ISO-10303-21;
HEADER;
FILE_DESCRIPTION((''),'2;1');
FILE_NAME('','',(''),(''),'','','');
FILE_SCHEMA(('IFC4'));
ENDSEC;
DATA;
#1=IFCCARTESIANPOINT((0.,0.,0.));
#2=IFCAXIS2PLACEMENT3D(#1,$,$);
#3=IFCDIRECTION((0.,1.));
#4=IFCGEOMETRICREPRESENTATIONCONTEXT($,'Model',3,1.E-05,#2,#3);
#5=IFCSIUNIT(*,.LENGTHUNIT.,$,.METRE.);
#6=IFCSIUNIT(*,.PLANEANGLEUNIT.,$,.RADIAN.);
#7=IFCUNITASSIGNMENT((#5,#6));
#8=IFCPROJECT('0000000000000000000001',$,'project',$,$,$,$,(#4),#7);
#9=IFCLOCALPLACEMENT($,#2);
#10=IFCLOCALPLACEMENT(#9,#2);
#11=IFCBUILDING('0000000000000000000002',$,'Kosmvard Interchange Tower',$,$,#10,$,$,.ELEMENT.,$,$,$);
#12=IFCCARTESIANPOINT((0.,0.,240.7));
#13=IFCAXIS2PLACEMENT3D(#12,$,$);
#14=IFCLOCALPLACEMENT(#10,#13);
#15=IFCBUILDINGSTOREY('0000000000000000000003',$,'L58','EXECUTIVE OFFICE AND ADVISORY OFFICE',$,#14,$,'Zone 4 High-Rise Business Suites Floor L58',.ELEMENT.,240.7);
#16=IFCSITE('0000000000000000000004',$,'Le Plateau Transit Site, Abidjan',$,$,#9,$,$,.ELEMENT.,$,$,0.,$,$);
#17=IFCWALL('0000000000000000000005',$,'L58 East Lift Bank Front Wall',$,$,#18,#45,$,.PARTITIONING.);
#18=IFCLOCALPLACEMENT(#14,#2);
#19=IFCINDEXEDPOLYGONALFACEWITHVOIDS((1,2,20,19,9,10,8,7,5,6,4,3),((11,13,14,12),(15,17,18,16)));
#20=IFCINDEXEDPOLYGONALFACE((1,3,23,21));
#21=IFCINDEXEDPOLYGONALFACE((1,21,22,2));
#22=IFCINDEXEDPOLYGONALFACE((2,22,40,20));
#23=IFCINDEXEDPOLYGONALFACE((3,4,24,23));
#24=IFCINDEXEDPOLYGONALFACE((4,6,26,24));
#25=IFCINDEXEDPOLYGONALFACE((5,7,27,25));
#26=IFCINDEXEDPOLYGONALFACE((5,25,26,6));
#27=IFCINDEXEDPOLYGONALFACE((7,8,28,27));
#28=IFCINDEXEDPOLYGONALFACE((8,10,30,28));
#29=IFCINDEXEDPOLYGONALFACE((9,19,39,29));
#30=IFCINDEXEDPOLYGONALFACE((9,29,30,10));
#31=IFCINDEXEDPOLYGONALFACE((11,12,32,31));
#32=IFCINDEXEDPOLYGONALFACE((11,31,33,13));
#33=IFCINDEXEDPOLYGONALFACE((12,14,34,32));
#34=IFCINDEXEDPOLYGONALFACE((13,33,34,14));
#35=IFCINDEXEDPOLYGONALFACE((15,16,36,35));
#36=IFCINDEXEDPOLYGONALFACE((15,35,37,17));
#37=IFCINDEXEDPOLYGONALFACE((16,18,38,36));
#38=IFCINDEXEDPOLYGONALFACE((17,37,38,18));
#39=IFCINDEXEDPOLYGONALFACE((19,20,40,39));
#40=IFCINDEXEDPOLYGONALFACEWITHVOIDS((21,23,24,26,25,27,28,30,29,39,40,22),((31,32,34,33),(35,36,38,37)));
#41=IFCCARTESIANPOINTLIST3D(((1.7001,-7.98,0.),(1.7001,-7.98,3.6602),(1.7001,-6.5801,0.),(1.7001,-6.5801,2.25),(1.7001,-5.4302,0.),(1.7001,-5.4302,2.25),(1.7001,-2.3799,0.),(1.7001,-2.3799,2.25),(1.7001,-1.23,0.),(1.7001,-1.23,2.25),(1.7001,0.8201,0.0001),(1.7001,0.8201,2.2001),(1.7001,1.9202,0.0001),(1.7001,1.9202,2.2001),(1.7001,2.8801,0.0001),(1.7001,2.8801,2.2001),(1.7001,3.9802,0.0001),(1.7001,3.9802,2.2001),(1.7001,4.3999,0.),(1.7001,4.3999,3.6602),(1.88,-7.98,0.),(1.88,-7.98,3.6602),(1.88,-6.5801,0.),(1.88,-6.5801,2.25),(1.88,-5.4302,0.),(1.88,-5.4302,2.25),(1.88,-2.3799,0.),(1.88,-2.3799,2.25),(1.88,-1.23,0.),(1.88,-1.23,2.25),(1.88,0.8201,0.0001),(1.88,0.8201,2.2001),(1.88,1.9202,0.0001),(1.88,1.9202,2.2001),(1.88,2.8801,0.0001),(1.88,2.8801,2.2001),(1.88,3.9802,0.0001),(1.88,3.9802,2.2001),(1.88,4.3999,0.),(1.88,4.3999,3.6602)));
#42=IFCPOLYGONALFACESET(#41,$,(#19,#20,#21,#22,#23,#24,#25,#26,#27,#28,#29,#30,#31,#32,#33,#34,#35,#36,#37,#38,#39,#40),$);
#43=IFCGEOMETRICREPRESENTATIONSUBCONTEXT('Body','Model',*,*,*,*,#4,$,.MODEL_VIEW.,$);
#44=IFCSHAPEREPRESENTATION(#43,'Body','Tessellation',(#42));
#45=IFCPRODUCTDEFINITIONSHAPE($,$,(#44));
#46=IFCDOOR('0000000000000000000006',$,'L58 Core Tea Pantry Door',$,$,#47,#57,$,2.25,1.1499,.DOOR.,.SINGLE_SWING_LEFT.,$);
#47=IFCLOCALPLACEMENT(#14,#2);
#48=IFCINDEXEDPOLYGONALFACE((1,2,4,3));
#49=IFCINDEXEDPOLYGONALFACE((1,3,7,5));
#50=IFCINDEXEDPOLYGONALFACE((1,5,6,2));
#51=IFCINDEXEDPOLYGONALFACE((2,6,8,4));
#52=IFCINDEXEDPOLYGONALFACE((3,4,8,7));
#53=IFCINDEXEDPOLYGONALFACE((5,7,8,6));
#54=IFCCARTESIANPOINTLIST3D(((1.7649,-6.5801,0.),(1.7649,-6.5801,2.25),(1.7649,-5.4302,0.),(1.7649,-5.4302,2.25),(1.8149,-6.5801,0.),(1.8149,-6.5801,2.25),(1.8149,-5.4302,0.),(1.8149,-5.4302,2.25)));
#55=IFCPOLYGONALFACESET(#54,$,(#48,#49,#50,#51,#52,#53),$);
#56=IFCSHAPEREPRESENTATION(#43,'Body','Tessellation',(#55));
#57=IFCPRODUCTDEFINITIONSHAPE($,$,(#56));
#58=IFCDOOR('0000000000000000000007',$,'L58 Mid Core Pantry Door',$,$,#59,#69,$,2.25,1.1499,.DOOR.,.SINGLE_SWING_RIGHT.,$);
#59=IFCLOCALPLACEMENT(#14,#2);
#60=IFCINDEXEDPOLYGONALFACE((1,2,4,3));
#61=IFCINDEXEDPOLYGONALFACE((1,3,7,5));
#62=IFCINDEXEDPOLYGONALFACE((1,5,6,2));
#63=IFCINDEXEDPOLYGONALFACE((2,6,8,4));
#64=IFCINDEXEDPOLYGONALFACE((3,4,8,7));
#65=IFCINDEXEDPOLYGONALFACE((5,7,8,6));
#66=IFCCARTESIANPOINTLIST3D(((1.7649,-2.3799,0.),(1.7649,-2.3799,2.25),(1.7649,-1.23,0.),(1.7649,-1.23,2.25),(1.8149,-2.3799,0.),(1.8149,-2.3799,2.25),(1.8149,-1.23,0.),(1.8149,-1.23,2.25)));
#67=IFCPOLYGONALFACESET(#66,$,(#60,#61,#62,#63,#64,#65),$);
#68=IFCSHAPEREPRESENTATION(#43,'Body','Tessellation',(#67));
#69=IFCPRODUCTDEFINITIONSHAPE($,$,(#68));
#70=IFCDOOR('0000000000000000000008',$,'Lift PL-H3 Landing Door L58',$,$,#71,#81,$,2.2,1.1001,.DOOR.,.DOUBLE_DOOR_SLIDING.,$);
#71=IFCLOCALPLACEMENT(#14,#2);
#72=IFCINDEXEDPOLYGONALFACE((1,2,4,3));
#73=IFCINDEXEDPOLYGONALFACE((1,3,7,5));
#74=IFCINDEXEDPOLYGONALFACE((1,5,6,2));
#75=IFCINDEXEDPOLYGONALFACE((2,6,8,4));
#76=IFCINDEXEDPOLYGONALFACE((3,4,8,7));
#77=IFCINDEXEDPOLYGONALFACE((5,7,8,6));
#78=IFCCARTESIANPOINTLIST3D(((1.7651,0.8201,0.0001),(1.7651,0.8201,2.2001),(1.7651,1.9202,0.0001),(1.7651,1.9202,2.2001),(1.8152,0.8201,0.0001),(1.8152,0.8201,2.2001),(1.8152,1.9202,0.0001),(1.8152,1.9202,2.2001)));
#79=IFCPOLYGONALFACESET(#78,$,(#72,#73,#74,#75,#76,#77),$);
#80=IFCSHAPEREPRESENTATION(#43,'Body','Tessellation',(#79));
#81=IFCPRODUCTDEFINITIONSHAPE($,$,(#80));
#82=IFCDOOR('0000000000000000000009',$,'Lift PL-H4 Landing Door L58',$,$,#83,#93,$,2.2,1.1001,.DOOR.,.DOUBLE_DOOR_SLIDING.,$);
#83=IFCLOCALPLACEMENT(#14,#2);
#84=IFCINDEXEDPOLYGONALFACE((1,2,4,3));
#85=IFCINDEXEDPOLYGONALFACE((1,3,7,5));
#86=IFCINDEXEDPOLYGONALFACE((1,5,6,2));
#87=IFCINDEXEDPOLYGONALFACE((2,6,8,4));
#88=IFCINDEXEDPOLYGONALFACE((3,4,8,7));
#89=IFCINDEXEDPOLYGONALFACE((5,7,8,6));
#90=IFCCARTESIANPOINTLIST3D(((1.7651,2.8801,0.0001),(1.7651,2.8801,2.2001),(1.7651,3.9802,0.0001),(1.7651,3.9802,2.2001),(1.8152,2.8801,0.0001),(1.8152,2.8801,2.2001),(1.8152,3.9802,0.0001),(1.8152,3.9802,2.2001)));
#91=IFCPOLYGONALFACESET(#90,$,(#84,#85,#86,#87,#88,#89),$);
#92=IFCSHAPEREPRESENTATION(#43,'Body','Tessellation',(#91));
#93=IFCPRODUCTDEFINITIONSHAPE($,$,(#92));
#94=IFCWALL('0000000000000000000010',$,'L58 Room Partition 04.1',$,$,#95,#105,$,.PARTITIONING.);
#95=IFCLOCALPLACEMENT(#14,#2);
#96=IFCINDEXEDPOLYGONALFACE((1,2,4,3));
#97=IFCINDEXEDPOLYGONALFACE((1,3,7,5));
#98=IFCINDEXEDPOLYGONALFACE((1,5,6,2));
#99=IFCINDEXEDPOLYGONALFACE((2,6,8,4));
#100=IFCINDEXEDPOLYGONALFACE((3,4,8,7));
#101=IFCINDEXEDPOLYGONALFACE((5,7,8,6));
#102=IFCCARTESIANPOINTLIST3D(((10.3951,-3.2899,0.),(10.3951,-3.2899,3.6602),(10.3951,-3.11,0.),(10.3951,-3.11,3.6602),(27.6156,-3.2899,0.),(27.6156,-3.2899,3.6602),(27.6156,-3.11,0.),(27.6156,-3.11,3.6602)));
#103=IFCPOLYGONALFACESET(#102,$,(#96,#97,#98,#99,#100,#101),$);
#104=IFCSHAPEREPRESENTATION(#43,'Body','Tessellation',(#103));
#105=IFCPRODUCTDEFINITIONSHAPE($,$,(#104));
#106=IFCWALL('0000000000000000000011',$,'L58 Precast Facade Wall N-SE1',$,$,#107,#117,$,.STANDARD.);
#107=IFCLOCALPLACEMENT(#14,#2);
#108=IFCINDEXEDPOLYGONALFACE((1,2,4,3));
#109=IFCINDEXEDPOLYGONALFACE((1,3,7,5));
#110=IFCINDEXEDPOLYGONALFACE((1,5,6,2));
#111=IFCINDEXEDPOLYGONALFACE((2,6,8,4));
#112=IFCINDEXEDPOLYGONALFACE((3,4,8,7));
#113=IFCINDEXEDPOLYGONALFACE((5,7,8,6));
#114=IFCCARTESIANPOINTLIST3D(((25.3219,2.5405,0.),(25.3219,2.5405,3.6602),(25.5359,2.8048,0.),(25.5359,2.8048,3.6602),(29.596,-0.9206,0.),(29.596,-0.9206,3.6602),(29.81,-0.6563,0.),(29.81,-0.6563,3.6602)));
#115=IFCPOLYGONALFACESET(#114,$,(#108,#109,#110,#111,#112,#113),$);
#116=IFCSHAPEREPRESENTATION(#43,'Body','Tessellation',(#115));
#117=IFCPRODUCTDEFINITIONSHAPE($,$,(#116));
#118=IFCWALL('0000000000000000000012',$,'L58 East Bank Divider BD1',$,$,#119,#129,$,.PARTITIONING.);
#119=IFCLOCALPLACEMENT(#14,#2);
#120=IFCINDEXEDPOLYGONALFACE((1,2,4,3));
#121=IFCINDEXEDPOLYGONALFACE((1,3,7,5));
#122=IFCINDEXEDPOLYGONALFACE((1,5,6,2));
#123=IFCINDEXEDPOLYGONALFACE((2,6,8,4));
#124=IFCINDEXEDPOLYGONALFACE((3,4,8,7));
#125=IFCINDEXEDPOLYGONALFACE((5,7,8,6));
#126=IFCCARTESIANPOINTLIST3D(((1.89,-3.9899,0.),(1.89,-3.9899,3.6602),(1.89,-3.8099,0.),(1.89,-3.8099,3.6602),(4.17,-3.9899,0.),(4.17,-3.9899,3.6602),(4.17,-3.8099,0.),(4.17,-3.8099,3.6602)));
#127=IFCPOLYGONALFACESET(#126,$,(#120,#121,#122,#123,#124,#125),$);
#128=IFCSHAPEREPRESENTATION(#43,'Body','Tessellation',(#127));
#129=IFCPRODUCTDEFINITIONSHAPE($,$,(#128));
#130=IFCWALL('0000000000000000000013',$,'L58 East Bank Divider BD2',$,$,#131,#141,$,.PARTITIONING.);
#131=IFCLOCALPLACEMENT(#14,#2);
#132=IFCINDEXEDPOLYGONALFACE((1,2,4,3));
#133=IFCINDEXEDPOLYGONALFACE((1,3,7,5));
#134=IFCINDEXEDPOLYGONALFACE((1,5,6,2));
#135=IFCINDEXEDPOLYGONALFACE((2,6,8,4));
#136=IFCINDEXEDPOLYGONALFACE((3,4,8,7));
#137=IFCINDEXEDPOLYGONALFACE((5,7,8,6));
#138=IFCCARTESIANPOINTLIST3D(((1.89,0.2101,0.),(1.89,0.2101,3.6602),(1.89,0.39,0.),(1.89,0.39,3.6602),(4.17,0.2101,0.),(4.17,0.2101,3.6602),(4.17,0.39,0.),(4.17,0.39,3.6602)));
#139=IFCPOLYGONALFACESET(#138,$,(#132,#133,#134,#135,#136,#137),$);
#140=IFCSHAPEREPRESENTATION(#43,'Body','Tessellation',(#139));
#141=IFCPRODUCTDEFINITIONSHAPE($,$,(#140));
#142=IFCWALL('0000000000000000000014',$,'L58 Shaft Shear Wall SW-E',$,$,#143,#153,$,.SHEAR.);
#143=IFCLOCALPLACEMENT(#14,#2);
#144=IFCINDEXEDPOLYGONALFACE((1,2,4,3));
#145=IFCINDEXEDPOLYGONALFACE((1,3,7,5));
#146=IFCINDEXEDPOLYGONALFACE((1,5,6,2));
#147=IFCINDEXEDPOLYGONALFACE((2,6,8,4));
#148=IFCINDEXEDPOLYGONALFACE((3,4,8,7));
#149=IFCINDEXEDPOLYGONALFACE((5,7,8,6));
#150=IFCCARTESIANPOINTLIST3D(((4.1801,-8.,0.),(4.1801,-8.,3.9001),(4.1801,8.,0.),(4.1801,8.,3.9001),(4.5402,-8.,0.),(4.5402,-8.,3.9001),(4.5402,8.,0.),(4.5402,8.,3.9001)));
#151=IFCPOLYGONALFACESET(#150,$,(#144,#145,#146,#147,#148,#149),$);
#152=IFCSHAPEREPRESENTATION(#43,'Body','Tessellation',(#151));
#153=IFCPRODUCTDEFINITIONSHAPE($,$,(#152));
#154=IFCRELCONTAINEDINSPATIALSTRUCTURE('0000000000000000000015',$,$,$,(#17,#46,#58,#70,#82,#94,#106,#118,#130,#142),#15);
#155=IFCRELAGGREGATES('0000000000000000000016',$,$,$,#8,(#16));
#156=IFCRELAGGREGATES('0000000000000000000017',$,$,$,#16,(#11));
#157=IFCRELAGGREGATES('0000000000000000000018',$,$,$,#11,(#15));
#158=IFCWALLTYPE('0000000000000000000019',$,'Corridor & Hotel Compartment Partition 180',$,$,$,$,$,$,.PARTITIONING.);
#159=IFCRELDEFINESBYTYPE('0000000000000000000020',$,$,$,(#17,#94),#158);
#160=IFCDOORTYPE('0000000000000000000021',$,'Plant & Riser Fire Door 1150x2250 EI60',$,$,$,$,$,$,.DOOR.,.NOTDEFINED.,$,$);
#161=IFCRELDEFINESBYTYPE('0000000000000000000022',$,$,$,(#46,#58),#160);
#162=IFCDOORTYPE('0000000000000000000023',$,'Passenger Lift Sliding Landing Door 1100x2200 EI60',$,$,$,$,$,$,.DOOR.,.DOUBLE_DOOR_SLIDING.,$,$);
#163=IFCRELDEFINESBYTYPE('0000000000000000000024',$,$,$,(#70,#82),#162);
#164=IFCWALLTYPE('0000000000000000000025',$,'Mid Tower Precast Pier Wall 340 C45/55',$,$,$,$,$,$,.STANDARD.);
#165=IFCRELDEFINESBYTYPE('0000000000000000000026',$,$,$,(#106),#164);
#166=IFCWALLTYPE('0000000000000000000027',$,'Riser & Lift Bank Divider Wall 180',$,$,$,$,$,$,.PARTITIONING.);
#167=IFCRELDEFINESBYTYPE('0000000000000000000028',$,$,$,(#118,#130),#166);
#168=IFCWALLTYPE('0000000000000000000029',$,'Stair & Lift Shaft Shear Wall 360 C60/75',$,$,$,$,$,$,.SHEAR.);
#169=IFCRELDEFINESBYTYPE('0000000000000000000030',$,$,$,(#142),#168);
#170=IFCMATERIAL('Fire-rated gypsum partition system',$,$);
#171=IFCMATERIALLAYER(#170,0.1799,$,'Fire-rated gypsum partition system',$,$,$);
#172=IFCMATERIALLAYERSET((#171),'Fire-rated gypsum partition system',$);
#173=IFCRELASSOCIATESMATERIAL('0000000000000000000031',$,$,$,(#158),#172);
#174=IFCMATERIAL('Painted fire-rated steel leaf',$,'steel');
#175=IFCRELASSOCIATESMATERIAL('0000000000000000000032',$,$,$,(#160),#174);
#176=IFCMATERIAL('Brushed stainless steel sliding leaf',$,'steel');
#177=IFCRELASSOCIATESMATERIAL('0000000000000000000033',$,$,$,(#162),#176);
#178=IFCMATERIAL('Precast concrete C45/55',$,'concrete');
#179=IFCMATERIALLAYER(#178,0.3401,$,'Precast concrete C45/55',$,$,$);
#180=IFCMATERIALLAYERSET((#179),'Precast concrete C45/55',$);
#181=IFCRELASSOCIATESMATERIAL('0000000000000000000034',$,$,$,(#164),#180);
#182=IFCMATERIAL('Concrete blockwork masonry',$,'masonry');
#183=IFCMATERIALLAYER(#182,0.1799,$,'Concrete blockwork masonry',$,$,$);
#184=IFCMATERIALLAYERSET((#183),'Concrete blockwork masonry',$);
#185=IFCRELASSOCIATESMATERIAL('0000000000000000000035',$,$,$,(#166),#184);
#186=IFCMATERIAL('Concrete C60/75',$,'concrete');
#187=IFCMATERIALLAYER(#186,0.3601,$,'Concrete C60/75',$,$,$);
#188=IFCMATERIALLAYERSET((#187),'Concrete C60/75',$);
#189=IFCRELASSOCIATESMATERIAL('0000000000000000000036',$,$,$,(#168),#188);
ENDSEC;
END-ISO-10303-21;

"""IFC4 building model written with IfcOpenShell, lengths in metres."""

from ifc_helpers import new_model, si_unit, direction, frame, frame_2d, origin, place, context, subcontext, project, spatial, rectangle, extrude, source, transform, mapped, material, layer, layer_set, type_object, element, fill, save


model = new_model("IFC4")

# Units and contexts
model_context = context("Model", 3, precision=1e-05, world=origin(), true_north=direction((0.0, 1.0)))
body_context = subcontext(model_context, "Body", "Model", "MODEL_VIEW")
ifc_project = project(units=[si_unit("LENGTHUNIT", "METRE"), si_unit("PLANEANGLEUNIT", "RADIAN")], contexts=[model_context])

# Site, building, storey
site_placement = place(None, origin())
site = spatial("IfcSite", under=ifc_project, at=site_placement, Name="Le Plateau Transit Site, Abidjan", CompositionType="ELEMENT", RefElevation=0.0)
building_placement = place(site_placement, origin())
building = spatial("IfcBuilding", under=site, at=building_placement, Name="Kosmvard Interchange Tower", CompositionType="ELEMENT")
storey_placement = place(building_placement, frame((0.0, 0.0, 240.7)))
storey = spatial("IfcBuildingStorey", under=building, at=storey_placement, Name="L58", Description="EXECUTIVE OFFICE AND ADVISORY OFFICE", LongName="Zone 4 High-Rise Business Suites Floor L58", CompositionType="ELEMENT", Elevation=240.7)

# Shared definitions
ifc_material_1 = material(Name="Concrete C60/75", Category="concrete")

# Shared definitions
ifc_material_2 = material(Name="Precast concrete C45/55", Category="concrete")

# Wall, openings, doors
ifc_material_3 = material(Name="Fire-rated gypsum partition system")
ifc_layer_1 = layer(ifc_material_3, 0.1799, Name="Fire-rated gypsum partition system")
ifc_layer_set_1 = layer_set([ifc_layer_1], Name="Fire-rated gypsum partition system")
wall_type_1 = type_object("IfcWallType", Name="Corridor & Hotel Compartment Partition 180", PredefinedType="PARTITIONING", material=ifc_layer_set_1)
wall_1_placement = place(storey_placement, frame((1.79, -7.98, 0.0), z_axis=(0.0, 0.0, 1.0), x_axis=(0.0, 1.0, 0.0)))
wall_1 = element("IfcWall", 1, at=wall_1_placement, inside=storey, type_object=wall_type_1, Name="L58 East Lift Bank Front Wall", PredefinedType="PARTITIONING", context=body_context, shape_type="SweptSolid", body=[
    extrude(rectangle(XDim=12.3799, YDim=0.1799, at=frame_2d((6.1899, 0.0))), origin(), (0.0, 0.0, 1.0), 3.6602),
])
opening_1_placement = place(wall_1_placement, frame((8.8, 0.0, 0.0)))
opening_1 = element("IfcOpeningElement", 2, at=opening_1_placement, cuts=wall_1, PredefinedType="OPENING", context=body_context, shape_type="SweptSolid", body=[
    extrude(rectangle(XDim=1.1001, YDim=2.2, at=frame_2d((0.55, 1.1001))), frame((0.0, 0.1001, 0.0), z_axis=(0.0, -1.0, 0.0), x_axis=(1.0, 0.0, 0.0)), (0.0, 0.0, 1.0), 0.2),
])
opening_2_placement = place(wall_1_placement, frame((10.8601, 0.0, 0.0)))
opening_2 = element("IfcOpeningElement", 3, at=opening_2_placement, cuts=wall_1, PredefinedType="OPENING", context=body_context, shape_type="SweptSolid", body=[
    extrude(rectangle(XDim=1.1001, YDim=2.2, at=frame_2d((0.55, 1.1001))), frame((0.0, 0.1001, 0.0), z_axis=(0.0, -1.0, 0.0), x_axis=(1.0, 0.0, 0.0)), (0.0, 0.0, 1.0), 0.2),
])
opening_3_placement = place(wall_1_placement, frame((1.3999, 0.0, 0.0)))
opening_3 = element("IfcOpeningElement", 4, at=opening_3_placement, cuts=wall_1, PredefinedType="OPENING", context=body_context, shape_type="SweptSolid", body=[
    extrude(rectangle(XDim=1.1499, YDim=2.25, at=frame_2d((0.575, 1.125))), frame((0.0, 0.1001, 0.0), z_axis=(0.0, -1.0, 0.0), x_axis=(1.0, 0.0, 0.0)), (0.0, 0.0, 1.0), 0.2),
])
opening_4_placement = place(wall_1_placement, frame((5.6001, 0.0, 0.0)))
opening_4 = element("IfcOpeningElement", 5, at=opening_4_placement, cuts=wall_1, PredefinedType="OPENING", context=body_context, shape_type="SweptSolid", body=[
    extrude(rectangle(XDim=1.1499, YDim=2.25, at=frame_2d((0.575, 1.125))), frame((0.0, 0.1001, 0.0), z_axis=(0.0, -1.0, 0.0), x_axis=(1.0, 0.0, 0.0)), (0.0, 0.0, 1.0), 0.2),
])
ifc_material_4 = material(Name="Painted fire-rated steel leaf", Category="steel")
door_type_1 = type_object("IfcDoorType", Name="Plant & Riser Fire Door 1150x2250 EI60", OperationType="NOTDEFINED", PredefinedType="DOOR", material=ifc_material_4)
shared_shape_1 = source(origin(), body_context, "Body", "SweptSolid", [
    extrude(rectangle(XDim=1.1499, YDim=2.25, at=frame_2d((0.575, 1.125))), frame((0.0, 0.0249, 0.0), z_axis=(0.0, -1.0, 0.0), x_axis=(1.0, 0.0, 0.0)), (0.0, 0.0, 1.0), 0.05),
])
door_1_placement = place(opening_3_placement, frame((1.1499, 0.0, 0.0), z_axis=(0.0, 0.0, 1.0), x_axis=(-1.0, 0.0, 0.0)))
door_1 = element("IfcDoor", 6, at=door_1_placement, inside=storey, type_object=door_type_1, Name="L58 Core Tea Pantry Door", OperationType="SINGLE_SWING_LEFT", OverallHeight=2.25, OverallWidth=1.1499, PredefinedType="DOOR", context=body_context, shape_type="MappedRepresentation", body=[
    mapped(shared_shape_1, transform((0.0, 0.0, 0.0), scale=1.0)),
])
fill(opening_3, door_1)
door_2_placement = place(opening_4_placement, frame((1.1499, 0.0, 0.0), z_axis=(0.0, 0.0, 1.0), x_axis=(-1.0, 0.0, 0.0)))
door_2 = element("IfcDoor", 7, at=door_2_placement, inside=storey, type_object=door_type_1, Name="L58 Mid Core Pantry Door", OperationType="SINGLE_SWING_RIGHT", OverallHeight=2.25, OverallWidth=1.1499, PredefinedType="DOOR", context=body_context, shape_type="MappedRepresentation", body=[
    mapped(shared_shape_1, transform((0.0, 0.0, 0.0), scale=1.0)),
])
fill(opening_4, door_2)
ifc_material_5 = material(Name="Brushed stainless steel sliding leaf", Category="steel")
door_type_2 = type_object("IfcDoorType", Name="Passenger Lift Sliding Landing Door 1100x2200 EI60", OperationType="DOUBLE_DOOR_SLIDING", PredefinedType="DOOR", material=ifc_material_5)
shared_shape_2 = source(origin(), body_context, "Body", "SweptSolid", [
    extrude(rectangle(XDim=1.1001, YDim=2.2, at=frame_2d((0.55, 1.1001))), frame((0.0, 0.0249, 0.0), z_axis=(0.0, -1.0, 0.0), x_axis=(1.0, 0.0, 0.0)), (0.0, 0.0, 1.0), 0.05),
])
door_3_placement = place(opening_1_placement, origin())
door_3 = element("IfcDoor", 8, at=door_3_placement, inside=storey, type_object=door_type_2, Name="Lift PL-H3 Landing Door L58", OperationType="DOUBLE_DOOR_SLIDING", OverallHeight=2.2, OverallWidth=1.1001, PredefinedType="DOOR", context=body_context, shape_type="MappedRepresentation", body=[
    mapped(shared_shape_2, transform((0.0, 0.0, 0.0), scale=1.0)),
])
fill(opening_1, door_3)
door_4_placement = place(opening_2_placement, origin())
door_4 = element("IfcDoor", 9, at=door_4_placement, inside=storey, type_object=door_type_2, Name="Lift PL-H4 Landing Door L58", OperationType="DOUBLE_DOOR_SLIDING", OverallHeight=2.2, OverallWidth=1.1001, PredefinedType="DOOR", context=body_context, shape_type="MappedRepresentation", body=[
    mapped(shared_shape_2, transform((0.0, 0.0, 0.0), scale=1.0)),
])
fill(opening_2, door_4)

# Walls
wall_2_placement = place(storey_placement, frame((10.395, -3.2, 0.0), z_axis=(0.0, 0.0, 1.0), x_axis=(1.0, 0.0, 0.0)))
element("IfcWall", 10, at=wall_2_placement, inside=storey, type_object=wall_type_1, Name="L58 Room Partition 04.1", PredefinedType="PARTITIONING", context=body_context, shape_type="SweptSolid", body=[
    extrude(rectangle(XDim=17.2205, YDim=0.1799, at=frame_2d((8.6104, 0.0))), origin(), (0.0, 0.0, 1.0), 3.6602),
])
ifc_layer_2 = layer(ifc_material_2, 0.3401, Name="Precast concrete C45/55")
ifc_layer_set_2 = layer_set([ifc_layer_2], Name="Precast concrete C45/55")
wall_type_2 = type_object("IfcWallType", Name="Mid Tower Precast Pier Wall 340 C45/55", PredefinedType="STANDARD", material=ifc_layer_set_2)
wall_3_placement = place(storey_placement, frame((29.7031, -0.7886, 0.0), z_axis=(0.0, 0.0, 1.0), x_axis=(-0.777144, 0.629323, 0.0)))
element("IfcWall", 11, at=wall_3_placement, inside=storey, type_object=wall_type_2, Name="L58 Precast Facade Wall N-SE1", PredefinedType="STANDARD", context=body_context, shape_type="SweptSolid", body=[
    extrude(rectangle(XDim=5.4998, YDim=0.3401, at=frame_2d((2.75, 0.0))), origin(), (0.0, 0.0, 1.0), 3.6602),
])
ifc_material_6 = material(Name="Concrete blockwork masonry", Category="masonry")
ifc_layer_3 = layer(ifc_material_6, 0.1799, Name="Concrete blockwork masonry")
ifc_layer_set_3 = layer_set([ifc_layer_3], Name="Concrete blockwork masonry")
wall_type_3 = type_object("IfcWallType", Name="Riser & Lift Bank Divider Wall 180", PredefinedType="PARTITIONING", material=ifc_layer_set_3)
for number, where, z_axis, x_axis, name in (
    (12, (1.8899, -3.8999, 0.0), (0.0, 0.0, 1.0), (1.0, 0.0, 0.0), "L58 East Bank Divider BD1"),
    (13, (1.8899, 0.3, 0.0), (0.0, 0.0, 1.0), (1.0, 0.0, 0.0), "L58 East Bank Divider BD2"),
):
    element("IfcWall", number, at=place(storey_placement, frame(where, z_axis=z_axis, x_axis=x_axis)), inside=storey, type_object=wall_type_3, Name=name, PredefinedType="PARTITIONING", context=body_context, shape_type="SweptSolid", body=[
        extrude(rectangle(XDim=2.28, YDim=0.1799, at=frame_2d((1.1401, 0.0))), origin(), (0.0, 0.0, 1.0), 3.6602),
    ])
ifc_layer_4 = layer(ifc_material_1, 0.3601, Name="Concrete C60/75")
ifc_layer_set_4 = layer_set([ifc_layer_4], Name="Concrete C60/75")
wall_type_4 = type_object("IfcWallType", Name="Stair & Lift Shaft Shear Wall 360 C60/75", PredefinedType="SHEAR", material=ifc_layer_set_4)
wall_4_placement = place(storey_placement, frame((4.3601, -8.0, 0.0), z_axis=(0.0, 0.0, 1.0), x_axis=(0.0, 1.0, 0.0)))
element("IfcWall", 14, at=wall_4_placement, inside=storey, type_object=wall_type_4, Name="L58 Shaft Shear Wall SW-E", PredefinedType="SHEAR", context=body_context, shape_type="SweptSolid", body=[
    extrude(rectangle(XDim=16.0, YDim=0.3601, at=frame_2d((8.0, 0.0))), origin(), (0.0, 0.0, 1.0), 3.9001),
])

save(model, "model.ifc")
